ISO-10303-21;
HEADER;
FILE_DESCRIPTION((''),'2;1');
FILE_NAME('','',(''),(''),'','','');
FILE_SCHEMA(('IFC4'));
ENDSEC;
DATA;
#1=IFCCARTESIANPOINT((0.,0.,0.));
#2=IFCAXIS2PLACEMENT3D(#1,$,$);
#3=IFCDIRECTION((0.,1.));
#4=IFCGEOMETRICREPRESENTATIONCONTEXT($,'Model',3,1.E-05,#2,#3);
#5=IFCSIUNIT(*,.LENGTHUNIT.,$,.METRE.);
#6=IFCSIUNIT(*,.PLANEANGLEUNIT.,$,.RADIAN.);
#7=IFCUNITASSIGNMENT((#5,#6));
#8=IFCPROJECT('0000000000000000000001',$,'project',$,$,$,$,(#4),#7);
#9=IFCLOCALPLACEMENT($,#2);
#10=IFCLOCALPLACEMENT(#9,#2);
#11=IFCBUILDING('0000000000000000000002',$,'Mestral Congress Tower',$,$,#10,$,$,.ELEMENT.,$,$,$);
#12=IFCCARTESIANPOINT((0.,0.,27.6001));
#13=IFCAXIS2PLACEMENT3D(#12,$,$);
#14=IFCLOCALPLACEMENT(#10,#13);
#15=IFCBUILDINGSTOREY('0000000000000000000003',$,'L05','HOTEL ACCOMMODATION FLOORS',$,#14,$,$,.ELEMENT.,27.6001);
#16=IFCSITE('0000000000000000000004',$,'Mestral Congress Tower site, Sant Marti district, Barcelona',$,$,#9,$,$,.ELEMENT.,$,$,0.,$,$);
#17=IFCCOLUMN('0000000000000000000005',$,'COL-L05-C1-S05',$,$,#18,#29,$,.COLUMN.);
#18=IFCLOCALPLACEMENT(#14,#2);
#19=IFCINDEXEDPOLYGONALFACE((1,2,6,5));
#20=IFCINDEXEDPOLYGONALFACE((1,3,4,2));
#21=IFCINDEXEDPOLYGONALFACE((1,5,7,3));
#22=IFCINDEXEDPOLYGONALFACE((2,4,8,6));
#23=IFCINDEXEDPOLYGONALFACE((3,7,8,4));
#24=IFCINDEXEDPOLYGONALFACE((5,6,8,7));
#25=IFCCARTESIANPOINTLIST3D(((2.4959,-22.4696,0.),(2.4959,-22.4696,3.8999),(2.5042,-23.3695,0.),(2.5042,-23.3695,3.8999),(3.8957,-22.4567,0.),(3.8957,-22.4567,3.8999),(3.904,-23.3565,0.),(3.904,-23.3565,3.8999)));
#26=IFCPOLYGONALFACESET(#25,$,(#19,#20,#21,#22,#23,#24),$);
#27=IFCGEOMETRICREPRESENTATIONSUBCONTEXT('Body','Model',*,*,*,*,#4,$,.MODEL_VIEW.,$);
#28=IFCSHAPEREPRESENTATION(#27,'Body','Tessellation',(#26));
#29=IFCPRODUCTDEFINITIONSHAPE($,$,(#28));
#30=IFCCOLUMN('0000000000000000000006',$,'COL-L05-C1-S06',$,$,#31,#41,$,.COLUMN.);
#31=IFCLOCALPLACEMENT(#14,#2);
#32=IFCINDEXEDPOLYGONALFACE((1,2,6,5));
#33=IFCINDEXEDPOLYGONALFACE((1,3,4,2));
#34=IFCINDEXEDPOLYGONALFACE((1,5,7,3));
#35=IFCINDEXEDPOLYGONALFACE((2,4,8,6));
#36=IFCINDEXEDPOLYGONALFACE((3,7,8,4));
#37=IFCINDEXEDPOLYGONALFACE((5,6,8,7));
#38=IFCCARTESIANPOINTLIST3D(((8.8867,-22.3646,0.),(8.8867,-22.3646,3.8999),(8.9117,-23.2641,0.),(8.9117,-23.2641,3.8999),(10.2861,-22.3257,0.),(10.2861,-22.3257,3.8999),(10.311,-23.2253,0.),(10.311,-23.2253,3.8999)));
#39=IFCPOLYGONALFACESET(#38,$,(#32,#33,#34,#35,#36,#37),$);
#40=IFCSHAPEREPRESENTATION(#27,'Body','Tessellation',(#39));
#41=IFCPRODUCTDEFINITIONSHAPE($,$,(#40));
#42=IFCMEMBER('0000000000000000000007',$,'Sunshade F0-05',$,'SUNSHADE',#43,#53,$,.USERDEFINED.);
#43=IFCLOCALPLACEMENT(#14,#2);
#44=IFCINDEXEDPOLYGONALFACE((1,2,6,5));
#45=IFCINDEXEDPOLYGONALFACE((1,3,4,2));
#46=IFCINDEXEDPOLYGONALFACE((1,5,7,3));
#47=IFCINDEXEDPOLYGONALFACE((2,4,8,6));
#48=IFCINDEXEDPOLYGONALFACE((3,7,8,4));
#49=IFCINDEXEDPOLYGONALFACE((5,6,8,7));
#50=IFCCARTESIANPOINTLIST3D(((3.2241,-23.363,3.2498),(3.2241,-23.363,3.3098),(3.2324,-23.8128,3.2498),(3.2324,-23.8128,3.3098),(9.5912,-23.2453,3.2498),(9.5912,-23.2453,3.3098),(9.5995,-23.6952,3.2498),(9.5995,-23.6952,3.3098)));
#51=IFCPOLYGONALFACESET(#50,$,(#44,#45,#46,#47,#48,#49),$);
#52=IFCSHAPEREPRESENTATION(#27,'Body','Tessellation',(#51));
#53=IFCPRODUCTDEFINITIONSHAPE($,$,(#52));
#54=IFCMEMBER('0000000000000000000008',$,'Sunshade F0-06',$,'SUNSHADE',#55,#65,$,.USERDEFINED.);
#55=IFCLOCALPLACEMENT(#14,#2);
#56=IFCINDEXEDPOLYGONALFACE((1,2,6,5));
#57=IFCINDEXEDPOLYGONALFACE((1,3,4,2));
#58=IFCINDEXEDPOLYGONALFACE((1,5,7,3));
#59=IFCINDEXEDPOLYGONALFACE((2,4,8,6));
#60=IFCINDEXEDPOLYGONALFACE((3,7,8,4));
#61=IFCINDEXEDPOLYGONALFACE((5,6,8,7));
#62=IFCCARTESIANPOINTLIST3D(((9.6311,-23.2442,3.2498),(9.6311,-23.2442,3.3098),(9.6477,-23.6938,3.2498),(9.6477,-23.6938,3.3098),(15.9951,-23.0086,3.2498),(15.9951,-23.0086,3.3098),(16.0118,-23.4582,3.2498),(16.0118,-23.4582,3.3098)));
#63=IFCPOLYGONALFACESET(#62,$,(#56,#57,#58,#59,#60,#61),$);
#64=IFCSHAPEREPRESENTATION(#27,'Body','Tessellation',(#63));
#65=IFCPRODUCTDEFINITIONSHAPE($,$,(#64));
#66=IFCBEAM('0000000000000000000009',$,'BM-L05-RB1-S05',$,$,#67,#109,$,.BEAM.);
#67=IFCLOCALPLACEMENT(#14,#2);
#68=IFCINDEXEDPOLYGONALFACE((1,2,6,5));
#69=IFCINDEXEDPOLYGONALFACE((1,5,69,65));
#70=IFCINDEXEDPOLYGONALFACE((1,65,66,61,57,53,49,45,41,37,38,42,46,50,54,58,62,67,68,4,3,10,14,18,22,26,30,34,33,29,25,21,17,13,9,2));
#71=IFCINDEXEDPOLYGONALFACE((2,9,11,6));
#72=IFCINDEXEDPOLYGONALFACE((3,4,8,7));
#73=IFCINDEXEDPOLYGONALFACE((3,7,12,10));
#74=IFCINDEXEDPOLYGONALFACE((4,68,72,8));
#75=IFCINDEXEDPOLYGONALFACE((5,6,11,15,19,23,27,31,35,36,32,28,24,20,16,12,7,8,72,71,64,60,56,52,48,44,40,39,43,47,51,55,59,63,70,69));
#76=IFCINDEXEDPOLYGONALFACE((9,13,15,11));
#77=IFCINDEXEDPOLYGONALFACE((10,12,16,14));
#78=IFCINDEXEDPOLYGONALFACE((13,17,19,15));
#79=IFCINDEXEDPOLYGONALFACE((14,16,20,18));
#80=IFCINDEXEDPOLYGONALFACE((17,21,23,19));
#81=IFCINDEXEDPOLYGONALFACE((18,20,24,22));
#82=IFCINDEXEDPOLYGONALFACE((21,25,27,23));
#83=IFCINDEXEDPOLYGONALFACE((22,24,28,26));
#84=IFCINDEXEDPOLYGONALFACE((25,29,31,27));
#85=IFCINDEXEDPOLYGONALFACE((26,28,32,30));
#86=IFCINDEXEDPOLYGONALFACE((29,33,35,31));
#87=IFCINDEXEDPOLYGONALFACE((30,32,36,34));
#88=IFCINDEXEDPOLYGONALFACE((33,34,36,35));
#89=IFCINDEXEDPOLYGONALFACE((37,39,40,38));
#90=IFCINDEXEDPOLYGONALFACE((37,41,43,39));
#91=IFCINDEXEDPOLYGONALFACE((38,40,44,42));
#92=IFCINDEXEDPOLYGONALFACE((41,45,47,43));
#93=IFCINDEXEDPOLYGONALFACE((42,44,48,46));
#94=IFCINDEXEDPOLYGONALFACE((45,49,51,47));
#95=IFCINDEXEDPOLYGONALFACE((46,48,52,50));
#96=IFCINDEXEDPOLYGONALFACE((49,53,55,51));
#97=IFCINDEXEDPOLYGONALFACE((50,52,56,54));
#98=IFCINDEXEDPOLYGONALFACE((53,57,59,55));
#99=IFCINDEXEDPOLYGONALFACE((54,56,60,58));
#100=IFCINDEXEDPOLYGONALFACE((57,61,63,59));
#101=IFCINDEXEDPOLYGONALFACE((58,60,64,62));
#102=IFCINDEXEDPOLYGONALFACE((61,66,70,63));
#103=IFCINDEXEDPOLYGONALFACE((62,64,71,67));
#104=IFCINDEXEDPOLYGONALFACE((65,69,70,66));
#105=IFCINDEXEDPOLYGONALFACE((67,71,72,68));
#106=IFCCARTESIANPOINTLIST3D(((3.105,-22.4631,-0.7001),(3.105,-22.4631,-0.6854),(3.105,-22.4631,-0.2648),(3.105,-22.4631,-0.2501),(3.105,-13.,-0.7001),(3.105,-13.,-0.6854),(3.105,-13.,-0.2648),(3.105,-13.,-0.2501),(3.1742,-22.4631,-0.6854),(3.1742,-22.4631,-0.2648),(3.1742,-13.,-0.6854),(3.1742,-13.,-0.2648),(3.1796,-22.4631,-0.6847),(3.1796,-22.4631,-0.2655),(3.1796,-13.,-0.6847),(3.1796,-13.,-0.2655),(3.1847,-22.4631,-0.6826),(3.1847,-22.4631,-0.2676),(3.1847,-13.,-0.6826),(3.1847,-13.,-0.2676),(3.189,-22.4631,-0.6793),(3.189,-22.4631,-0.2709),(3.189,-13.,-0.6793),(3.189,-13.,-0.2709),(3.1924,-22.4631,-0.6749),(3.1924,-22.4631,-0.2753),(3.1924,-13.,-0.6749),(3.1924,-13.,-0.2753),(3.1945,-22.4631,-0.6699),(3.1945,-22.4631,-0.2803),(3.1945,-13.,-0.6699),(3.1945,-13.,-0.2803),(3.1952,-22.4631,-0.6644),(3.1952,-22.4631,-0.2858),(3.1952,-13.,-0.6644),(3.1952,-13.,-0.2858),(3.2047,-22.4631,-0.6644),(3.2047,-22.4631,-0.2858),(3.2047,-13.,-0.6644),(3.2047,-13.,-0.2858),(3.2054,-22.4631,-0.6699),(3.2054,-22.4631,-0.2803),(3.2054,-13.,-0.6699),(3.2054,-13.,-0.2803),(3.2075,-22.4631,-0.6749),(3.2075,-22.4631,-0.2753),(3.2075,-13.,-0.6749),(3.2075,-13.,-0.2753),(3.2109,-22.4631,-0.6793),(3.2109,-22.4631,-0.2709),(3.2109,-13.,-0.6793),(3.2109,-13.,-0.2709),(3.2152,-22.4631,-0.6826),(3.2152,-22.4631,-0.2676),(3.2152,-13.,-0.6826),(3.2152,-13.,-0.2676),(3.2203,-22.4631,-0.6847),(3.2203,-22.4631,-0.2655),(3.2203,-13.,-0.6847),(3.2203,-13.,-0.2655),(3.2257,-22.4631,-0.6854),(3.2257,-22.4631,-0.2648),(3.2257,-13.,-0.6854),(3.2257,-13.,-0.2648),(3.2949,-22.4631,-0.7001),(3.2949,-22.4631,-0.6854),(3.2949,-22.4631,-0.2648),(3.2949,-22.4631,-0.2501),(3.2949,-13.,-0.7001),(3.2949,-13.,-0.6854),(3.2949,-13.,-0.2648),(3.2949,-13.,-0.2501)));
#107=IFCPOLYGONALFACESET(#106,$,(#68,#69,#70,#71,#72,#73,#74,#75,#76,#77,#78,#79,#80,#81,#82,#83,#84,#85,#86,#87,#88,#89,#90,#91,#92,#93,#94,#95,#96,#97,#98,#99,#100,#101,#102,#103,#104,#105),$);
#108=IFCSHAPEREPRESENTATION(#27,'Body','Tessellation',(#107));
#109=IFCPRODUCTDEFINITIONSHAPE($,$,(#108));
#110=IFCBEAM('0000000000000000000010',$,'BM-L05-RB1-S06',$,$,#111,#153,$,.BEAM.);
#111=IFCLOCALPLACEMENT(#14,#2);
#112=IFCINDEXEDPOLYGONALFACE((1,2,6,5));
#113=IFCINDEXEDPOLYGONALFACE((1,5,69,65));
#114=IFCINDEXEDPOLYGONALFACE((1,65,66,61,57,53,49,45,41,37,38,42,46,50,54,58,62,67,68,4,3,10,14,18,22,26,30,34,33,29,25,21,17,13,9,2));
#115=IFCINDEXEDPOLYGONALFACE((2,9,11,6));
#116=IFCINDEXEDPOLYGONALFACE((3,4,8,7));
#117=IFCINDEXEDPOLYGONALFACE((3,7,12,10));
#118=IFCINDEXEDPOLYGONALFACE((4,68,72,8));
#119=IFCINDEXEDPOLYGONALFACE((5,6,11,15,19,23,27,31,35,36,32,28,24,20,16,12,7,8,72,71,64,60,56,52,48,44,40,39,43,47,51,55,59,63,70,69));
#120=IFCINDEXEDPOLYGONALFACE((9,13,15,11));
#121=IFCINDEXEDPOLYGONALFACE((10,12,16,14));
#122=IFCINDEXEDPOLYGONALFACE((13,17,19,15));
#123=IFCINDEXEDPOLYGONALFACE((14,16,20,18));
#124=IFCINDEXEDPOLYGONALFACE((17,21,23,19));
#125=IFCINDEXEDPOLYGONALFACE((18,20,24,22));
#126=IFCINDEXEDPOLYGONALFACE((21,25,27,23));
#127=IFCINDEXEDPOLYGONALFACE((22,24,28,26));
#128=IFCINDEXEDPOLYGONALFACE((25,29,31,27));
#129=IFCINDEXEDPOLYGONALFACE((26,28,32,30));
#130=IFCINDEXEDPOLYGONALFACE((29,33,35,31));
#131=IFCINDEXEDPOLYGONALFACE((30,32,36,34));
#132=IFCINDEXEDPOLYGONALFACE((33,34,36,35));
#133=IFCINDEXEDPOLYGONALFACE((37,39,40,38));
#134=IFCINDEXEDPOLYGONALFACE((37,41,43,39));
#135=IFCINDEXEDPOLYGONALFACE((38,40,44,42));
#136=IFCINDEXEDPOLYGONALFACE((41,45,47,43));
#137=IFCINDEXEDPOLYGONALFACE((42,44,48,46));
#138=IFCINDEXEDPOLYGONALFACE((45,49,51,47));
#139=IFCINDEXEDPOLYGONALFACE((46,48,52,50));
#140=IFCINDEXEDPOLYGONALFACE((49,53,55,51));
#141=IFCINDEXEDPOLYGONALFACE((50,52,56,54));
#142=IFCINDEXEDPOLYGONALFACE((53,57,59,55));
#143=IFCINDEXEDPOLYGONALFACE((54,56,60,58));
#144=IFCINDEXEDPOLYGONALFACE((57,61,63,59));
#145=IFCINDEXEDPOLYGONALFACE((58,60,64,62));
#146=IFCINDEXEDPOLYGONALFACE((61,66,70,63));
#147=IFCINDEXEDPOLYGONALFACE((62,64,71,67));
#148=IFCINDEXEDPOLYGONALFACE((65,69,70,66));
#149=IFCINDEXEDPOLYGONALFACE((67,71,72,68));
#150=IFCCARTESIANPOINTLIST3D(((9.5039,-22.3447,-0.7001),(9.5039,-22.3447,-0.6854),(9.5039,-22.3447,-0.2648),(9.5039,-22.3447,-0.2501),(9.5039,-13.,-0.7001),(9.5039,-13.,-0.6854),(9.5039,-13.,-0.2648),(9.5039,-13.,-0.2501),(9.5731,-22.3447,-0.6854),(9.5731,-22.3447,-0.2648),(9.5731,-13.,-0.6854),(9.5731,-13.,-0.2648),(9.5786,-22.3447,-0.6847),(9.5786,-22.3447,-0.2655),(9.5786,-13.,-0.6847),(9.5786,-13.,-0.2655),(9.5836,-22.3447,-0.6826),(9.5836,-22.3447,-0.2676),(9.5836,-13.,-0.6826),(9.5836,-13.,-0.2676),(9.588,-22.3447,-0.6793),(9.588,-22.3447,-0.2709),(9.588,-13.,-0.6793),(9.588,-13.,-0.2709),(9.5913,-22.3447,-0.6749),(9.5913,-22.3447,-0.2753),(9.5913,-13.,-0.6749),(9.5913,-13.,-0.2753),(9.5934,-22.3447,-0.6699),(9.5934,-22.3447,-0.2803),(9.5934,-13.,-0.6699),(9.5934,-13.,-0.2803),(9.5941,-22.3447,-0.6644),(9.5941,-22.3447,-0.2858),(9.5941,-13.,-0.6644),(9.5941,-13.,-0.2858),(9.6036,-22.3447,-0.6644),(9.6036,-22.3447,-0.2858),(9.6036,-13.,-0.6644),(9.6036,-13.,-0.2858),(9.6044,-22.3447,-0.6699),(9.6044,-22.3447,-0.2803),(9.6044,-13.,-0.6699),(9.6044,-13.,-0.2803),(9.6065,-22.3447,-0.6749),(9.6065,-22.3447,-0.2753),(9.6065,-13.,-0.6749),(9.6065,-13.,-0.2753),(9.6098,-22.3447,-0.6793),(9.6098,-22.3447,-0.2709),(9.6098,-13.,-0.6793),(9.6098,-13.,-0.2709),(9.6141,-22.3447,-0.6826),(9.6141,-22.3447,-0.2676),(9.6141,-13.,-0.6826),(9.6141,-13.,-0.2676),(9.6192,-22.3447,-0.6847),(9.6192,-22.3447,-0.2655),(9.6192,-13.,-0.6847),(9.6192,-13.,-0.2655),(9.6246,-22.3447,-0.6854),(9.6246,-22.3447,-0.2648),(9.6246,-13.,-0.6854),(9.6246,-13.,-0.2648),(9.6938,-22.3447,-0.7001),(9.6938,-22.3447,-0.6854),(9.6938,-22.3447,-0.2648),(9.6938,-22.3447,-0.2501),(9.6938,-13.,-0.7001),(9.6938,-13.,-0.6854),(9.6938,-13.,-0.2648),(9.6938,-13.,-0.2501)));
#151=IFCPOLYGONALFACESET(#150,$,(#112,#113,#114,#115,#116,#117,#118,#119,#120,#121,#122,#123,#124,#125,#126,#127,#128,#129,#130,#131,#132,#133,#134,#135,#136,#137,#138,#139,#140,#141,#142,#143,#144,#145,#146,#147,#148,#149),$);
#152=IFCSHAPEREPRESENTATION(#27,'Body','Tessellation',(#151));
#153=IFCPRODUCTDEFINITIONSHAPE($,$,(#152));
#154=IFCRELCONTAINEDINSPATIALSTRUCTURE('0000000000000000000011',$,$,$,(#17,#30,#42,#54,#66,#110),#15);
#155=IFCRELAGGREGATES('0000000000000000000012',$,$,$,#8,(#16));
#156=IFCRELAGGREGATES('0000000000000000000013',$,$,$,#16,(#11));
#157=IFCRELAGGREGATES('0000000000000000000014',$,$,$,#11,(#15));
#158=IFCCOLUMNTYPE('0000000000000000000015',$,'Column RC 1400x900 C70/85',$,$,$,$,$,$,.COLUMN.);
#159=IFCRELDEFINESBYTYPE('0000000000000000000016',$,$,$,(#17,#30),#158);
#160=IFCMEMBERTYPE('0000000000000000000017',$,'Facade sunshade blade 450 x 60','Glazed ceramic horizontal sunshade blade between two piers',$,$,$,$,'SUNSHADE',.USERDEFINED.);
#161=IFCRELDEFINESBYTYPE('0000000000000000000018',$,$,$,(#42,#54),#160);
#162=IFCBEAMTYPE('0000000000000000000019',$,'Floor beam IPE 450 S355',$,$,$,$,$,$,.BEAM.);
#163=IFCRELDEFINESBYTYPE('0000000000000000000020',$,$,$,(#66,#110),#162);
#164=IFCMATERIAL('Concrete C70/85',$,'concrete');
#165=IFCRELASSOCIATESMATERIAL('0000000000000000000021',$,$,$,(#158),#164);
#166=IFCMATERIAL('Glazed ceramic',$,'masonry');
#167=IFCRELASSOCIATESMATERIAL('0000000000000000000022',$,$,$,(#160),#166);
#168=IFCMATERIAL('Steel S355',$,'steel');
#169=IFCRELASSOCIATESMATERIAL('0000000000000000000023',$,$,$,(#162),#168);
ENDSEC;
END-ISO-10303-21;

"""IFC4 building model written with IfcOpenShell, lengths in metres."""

from ifc_helpers import new_model, si_unit, direction, frame, origin, origin_2d, place, context, subcontext, project, spatial, rectangle, i_section, extrude, material, material_profile, profile_set, type_object, element, save


model = new_model("IFC4")

# Units and contexts
model_context = context("Model", 3, precision=1e-05, world=origin(), true_north=direction((0.0, 1.0)))
body_context = subcontext(model_context, "Body", "Model", "MODEL_VIEW")
ifc_project = project(units=[si_unit("LENGTHUNIT", "METRE"), si_unit("PLANEANGLEUNIT", "RADIAN")], contexts=[model_context])

# Site, building, storey
site_placement = place(None, origin())
site = spatial("IfcSite", under=ifc_project, at=site_placement, Name="Mestral Congress Tower site, Sant Marti district, Barcelona", CompositionType="ELEMENT", RefElevation=0.0)
building_placement = place(site_placement, origin())
building = spatial("IfcBuilding", under=site, at=building_placement, Name="Mestral Congress Tower", CompositionType="ELEMENT")
storey_placement = place(building_placement, frame((0.0, 0.0, 27.6001)))
storey = spatial("IfcBuildingStorey", under=building, at=storey_placement, Name="L05", Description="HOTEL ACCOMMODATION FLOORS", CompositionType="ELEMENT", Elevation=27.6001)

# Columns
ifc_material_1 = material(Name="Concrete C70/85", Category="concrete")
ifc_material_profile_1 = material_profile(ifc_material_1, rectangle(XDim=1.3999, YDim=0.8999, at=origin_2d()), Name="RC 1400x900")
ifc_profile_set_1 = profile_set([ifc_material_profile_1], Name="Concrete C70/85")
column_type = type_object("IfcColumnType", Name="Column RC 1400x900 C70/85", PredefinedType="COLUMN", material=ifc_profile_set_1)
for number, where, z_axis, x_axis, name in (
    (1, (3.2, -22.9131, 0.0), (0.0, 0.0, 1.0), (0.999957, 0.009243, 0.0), "COL-L05-C1-S05"),
    (2, (9.5989, -22.7949, 0.0), (0.0, 0.0, 1.0), (0.999616, 0.027726, 0.0), "COL-L05-C1-S06"),
):
    element("IfcColumn", number, at=place(storey_placement, frame(where, z_axis=z_axis, x_axis=x_axis)), inside=storey, type_object=column_type, Name=name, PredefinedType="COLUMN", context=body_context, shape_type="SweptSolid", body=[
        extrude(rectangle(XDim=1.3999, YDim=0.8999, at=origin_2d()), origin(), (0.0, 0.0, 1.0), 3.8999),
    ])

# Members
ifc_material_2 = material(Name="Glazed ceramic", Category="masonry")
ifc_material_profile_2 = material_profile(ifc_material_2, rectangle(XDim=0.45, YDim=0.0601, at=origin_2d()), Name="Ceramic blade 450 x 60")
ifc_profile_set_2 = profile_set([ifc_material_profile_2], Name="Glazed ceramic")
member_type = type_object("IfcMemberType", Name="Facade sunshade blade 450 x 60", Description="Glazed ceramic horizontal sunshade blade between two piers", ElementType="SUNSHADE", PredefinedType="USERDEFINED", material=ifc_profile_set_2)
member_1_placement = place(storey_placement, frame((3.2283, -23.5879, 3.2798), z_axis=(0.999829, 0.018478, 0.0), x_axis=(-0.018478, 0.999829, 0.0)))
element("IfcMember", 3, at=member_1_placement, inside=storey, type_object=member_type, Name="Sunshade F0-05", ObjectType="SUNSHADE", PredefinedType="USERDEFINED", context=body_context, shape_type="SweptSolid", body=[
    extrude(rectangle(XDim=0.45, YDim=0.0601, at=origin_2d()), origin(), (0.0, 0.0, 1.0), 6.3682),
])
member_2_placement = place(storey_placement, frame((9.6394, -23.469, 3.2798), z_axis=(0.999315, 0.036995, 0.0), x_axis=(-0.036995, 0.999315, 0.0)))
element("IfcMember", 4, at=member_2_placement, inside=storey, type_object=member_type, Name="Sunshade F0-06", ObjectType="SUNSHADE", PredefinedType="USERDEFINED", context=body_context, shape_type="SweptSolid", body=[
    extrude(rectangle(XDim=0.45, YDim=0.0601, at=origin_2d()), origin(), (0.0, 0.0, 1.0), 6.3684),
])

# Beams
ifc_material_3 = material(Name="Steel S355", Category="steel")
ifc_material_profile_3 = material_profile(ifc_material_3, i_section(OverallWidth=0.1899, OverallDepth=0.45, WebThickness=0.0095, FlangeThickness=0.0146, FilletRadius=0.021, at=origin_2d()), Name="IPE 450")
ifc_profile_set_3 = profile_set([ifc_material_profile_3], Name="Steel S355")
beam_type_1 = type_object("IfcBeamType", Name="Floor beam IPE 450 S355", PredefinedType="BEAM", material=ifc_profile_set_3)
beam_1_placement = place(storey_placement, frame((3.2, -22.4631, -0.4751), z_axis=(0.0, 1.0, 0.0), x_axis=(-1.0, 0.0, 0.0)))
element("IfcBeam", 5, at=beam_1_placement, inside=storey, type_object=beam_type_1, Name="BM-L05-RB1-S05", PredefinedType="BEAM", context=body_context, shape_type="SweptSolid", body=[
    extrude(i_section(OverallWidth=0.1899, OverallDepth=0.45, WebThickness=0.0095, FlangeThickness=0.0146, FilletRadius=0.021, at=origin_2d()), origin(), (0.0, 0.0, 1.0), 9.4631),
])
beam_2_placement = place(storey_placement, frame((9.5989, -22.3447, -0.4751), z_axis=(0.0, 1.0, 0.0), x_axis=(-1.0, 0.0, 0.0)))
element("IfcBeam", 6, at=beam_2_placement, inside=storey, type_object=beam_type_1, Name="BM-L05-RB1-S06", PredefinedType="BEAM", context=body_context, shape_type="SweptSolid", body=[
    extrude(i_section(OverallWidth=0.1899, OverallDepth=0.45, WebThickness=0.0095, FlangeThickness=0.0146, FilletRadius=0.021, at=origin_2d()), origin(), (0.0, 0.0, 1.0), 9.3447),
])

save(model, "model.ifc")
